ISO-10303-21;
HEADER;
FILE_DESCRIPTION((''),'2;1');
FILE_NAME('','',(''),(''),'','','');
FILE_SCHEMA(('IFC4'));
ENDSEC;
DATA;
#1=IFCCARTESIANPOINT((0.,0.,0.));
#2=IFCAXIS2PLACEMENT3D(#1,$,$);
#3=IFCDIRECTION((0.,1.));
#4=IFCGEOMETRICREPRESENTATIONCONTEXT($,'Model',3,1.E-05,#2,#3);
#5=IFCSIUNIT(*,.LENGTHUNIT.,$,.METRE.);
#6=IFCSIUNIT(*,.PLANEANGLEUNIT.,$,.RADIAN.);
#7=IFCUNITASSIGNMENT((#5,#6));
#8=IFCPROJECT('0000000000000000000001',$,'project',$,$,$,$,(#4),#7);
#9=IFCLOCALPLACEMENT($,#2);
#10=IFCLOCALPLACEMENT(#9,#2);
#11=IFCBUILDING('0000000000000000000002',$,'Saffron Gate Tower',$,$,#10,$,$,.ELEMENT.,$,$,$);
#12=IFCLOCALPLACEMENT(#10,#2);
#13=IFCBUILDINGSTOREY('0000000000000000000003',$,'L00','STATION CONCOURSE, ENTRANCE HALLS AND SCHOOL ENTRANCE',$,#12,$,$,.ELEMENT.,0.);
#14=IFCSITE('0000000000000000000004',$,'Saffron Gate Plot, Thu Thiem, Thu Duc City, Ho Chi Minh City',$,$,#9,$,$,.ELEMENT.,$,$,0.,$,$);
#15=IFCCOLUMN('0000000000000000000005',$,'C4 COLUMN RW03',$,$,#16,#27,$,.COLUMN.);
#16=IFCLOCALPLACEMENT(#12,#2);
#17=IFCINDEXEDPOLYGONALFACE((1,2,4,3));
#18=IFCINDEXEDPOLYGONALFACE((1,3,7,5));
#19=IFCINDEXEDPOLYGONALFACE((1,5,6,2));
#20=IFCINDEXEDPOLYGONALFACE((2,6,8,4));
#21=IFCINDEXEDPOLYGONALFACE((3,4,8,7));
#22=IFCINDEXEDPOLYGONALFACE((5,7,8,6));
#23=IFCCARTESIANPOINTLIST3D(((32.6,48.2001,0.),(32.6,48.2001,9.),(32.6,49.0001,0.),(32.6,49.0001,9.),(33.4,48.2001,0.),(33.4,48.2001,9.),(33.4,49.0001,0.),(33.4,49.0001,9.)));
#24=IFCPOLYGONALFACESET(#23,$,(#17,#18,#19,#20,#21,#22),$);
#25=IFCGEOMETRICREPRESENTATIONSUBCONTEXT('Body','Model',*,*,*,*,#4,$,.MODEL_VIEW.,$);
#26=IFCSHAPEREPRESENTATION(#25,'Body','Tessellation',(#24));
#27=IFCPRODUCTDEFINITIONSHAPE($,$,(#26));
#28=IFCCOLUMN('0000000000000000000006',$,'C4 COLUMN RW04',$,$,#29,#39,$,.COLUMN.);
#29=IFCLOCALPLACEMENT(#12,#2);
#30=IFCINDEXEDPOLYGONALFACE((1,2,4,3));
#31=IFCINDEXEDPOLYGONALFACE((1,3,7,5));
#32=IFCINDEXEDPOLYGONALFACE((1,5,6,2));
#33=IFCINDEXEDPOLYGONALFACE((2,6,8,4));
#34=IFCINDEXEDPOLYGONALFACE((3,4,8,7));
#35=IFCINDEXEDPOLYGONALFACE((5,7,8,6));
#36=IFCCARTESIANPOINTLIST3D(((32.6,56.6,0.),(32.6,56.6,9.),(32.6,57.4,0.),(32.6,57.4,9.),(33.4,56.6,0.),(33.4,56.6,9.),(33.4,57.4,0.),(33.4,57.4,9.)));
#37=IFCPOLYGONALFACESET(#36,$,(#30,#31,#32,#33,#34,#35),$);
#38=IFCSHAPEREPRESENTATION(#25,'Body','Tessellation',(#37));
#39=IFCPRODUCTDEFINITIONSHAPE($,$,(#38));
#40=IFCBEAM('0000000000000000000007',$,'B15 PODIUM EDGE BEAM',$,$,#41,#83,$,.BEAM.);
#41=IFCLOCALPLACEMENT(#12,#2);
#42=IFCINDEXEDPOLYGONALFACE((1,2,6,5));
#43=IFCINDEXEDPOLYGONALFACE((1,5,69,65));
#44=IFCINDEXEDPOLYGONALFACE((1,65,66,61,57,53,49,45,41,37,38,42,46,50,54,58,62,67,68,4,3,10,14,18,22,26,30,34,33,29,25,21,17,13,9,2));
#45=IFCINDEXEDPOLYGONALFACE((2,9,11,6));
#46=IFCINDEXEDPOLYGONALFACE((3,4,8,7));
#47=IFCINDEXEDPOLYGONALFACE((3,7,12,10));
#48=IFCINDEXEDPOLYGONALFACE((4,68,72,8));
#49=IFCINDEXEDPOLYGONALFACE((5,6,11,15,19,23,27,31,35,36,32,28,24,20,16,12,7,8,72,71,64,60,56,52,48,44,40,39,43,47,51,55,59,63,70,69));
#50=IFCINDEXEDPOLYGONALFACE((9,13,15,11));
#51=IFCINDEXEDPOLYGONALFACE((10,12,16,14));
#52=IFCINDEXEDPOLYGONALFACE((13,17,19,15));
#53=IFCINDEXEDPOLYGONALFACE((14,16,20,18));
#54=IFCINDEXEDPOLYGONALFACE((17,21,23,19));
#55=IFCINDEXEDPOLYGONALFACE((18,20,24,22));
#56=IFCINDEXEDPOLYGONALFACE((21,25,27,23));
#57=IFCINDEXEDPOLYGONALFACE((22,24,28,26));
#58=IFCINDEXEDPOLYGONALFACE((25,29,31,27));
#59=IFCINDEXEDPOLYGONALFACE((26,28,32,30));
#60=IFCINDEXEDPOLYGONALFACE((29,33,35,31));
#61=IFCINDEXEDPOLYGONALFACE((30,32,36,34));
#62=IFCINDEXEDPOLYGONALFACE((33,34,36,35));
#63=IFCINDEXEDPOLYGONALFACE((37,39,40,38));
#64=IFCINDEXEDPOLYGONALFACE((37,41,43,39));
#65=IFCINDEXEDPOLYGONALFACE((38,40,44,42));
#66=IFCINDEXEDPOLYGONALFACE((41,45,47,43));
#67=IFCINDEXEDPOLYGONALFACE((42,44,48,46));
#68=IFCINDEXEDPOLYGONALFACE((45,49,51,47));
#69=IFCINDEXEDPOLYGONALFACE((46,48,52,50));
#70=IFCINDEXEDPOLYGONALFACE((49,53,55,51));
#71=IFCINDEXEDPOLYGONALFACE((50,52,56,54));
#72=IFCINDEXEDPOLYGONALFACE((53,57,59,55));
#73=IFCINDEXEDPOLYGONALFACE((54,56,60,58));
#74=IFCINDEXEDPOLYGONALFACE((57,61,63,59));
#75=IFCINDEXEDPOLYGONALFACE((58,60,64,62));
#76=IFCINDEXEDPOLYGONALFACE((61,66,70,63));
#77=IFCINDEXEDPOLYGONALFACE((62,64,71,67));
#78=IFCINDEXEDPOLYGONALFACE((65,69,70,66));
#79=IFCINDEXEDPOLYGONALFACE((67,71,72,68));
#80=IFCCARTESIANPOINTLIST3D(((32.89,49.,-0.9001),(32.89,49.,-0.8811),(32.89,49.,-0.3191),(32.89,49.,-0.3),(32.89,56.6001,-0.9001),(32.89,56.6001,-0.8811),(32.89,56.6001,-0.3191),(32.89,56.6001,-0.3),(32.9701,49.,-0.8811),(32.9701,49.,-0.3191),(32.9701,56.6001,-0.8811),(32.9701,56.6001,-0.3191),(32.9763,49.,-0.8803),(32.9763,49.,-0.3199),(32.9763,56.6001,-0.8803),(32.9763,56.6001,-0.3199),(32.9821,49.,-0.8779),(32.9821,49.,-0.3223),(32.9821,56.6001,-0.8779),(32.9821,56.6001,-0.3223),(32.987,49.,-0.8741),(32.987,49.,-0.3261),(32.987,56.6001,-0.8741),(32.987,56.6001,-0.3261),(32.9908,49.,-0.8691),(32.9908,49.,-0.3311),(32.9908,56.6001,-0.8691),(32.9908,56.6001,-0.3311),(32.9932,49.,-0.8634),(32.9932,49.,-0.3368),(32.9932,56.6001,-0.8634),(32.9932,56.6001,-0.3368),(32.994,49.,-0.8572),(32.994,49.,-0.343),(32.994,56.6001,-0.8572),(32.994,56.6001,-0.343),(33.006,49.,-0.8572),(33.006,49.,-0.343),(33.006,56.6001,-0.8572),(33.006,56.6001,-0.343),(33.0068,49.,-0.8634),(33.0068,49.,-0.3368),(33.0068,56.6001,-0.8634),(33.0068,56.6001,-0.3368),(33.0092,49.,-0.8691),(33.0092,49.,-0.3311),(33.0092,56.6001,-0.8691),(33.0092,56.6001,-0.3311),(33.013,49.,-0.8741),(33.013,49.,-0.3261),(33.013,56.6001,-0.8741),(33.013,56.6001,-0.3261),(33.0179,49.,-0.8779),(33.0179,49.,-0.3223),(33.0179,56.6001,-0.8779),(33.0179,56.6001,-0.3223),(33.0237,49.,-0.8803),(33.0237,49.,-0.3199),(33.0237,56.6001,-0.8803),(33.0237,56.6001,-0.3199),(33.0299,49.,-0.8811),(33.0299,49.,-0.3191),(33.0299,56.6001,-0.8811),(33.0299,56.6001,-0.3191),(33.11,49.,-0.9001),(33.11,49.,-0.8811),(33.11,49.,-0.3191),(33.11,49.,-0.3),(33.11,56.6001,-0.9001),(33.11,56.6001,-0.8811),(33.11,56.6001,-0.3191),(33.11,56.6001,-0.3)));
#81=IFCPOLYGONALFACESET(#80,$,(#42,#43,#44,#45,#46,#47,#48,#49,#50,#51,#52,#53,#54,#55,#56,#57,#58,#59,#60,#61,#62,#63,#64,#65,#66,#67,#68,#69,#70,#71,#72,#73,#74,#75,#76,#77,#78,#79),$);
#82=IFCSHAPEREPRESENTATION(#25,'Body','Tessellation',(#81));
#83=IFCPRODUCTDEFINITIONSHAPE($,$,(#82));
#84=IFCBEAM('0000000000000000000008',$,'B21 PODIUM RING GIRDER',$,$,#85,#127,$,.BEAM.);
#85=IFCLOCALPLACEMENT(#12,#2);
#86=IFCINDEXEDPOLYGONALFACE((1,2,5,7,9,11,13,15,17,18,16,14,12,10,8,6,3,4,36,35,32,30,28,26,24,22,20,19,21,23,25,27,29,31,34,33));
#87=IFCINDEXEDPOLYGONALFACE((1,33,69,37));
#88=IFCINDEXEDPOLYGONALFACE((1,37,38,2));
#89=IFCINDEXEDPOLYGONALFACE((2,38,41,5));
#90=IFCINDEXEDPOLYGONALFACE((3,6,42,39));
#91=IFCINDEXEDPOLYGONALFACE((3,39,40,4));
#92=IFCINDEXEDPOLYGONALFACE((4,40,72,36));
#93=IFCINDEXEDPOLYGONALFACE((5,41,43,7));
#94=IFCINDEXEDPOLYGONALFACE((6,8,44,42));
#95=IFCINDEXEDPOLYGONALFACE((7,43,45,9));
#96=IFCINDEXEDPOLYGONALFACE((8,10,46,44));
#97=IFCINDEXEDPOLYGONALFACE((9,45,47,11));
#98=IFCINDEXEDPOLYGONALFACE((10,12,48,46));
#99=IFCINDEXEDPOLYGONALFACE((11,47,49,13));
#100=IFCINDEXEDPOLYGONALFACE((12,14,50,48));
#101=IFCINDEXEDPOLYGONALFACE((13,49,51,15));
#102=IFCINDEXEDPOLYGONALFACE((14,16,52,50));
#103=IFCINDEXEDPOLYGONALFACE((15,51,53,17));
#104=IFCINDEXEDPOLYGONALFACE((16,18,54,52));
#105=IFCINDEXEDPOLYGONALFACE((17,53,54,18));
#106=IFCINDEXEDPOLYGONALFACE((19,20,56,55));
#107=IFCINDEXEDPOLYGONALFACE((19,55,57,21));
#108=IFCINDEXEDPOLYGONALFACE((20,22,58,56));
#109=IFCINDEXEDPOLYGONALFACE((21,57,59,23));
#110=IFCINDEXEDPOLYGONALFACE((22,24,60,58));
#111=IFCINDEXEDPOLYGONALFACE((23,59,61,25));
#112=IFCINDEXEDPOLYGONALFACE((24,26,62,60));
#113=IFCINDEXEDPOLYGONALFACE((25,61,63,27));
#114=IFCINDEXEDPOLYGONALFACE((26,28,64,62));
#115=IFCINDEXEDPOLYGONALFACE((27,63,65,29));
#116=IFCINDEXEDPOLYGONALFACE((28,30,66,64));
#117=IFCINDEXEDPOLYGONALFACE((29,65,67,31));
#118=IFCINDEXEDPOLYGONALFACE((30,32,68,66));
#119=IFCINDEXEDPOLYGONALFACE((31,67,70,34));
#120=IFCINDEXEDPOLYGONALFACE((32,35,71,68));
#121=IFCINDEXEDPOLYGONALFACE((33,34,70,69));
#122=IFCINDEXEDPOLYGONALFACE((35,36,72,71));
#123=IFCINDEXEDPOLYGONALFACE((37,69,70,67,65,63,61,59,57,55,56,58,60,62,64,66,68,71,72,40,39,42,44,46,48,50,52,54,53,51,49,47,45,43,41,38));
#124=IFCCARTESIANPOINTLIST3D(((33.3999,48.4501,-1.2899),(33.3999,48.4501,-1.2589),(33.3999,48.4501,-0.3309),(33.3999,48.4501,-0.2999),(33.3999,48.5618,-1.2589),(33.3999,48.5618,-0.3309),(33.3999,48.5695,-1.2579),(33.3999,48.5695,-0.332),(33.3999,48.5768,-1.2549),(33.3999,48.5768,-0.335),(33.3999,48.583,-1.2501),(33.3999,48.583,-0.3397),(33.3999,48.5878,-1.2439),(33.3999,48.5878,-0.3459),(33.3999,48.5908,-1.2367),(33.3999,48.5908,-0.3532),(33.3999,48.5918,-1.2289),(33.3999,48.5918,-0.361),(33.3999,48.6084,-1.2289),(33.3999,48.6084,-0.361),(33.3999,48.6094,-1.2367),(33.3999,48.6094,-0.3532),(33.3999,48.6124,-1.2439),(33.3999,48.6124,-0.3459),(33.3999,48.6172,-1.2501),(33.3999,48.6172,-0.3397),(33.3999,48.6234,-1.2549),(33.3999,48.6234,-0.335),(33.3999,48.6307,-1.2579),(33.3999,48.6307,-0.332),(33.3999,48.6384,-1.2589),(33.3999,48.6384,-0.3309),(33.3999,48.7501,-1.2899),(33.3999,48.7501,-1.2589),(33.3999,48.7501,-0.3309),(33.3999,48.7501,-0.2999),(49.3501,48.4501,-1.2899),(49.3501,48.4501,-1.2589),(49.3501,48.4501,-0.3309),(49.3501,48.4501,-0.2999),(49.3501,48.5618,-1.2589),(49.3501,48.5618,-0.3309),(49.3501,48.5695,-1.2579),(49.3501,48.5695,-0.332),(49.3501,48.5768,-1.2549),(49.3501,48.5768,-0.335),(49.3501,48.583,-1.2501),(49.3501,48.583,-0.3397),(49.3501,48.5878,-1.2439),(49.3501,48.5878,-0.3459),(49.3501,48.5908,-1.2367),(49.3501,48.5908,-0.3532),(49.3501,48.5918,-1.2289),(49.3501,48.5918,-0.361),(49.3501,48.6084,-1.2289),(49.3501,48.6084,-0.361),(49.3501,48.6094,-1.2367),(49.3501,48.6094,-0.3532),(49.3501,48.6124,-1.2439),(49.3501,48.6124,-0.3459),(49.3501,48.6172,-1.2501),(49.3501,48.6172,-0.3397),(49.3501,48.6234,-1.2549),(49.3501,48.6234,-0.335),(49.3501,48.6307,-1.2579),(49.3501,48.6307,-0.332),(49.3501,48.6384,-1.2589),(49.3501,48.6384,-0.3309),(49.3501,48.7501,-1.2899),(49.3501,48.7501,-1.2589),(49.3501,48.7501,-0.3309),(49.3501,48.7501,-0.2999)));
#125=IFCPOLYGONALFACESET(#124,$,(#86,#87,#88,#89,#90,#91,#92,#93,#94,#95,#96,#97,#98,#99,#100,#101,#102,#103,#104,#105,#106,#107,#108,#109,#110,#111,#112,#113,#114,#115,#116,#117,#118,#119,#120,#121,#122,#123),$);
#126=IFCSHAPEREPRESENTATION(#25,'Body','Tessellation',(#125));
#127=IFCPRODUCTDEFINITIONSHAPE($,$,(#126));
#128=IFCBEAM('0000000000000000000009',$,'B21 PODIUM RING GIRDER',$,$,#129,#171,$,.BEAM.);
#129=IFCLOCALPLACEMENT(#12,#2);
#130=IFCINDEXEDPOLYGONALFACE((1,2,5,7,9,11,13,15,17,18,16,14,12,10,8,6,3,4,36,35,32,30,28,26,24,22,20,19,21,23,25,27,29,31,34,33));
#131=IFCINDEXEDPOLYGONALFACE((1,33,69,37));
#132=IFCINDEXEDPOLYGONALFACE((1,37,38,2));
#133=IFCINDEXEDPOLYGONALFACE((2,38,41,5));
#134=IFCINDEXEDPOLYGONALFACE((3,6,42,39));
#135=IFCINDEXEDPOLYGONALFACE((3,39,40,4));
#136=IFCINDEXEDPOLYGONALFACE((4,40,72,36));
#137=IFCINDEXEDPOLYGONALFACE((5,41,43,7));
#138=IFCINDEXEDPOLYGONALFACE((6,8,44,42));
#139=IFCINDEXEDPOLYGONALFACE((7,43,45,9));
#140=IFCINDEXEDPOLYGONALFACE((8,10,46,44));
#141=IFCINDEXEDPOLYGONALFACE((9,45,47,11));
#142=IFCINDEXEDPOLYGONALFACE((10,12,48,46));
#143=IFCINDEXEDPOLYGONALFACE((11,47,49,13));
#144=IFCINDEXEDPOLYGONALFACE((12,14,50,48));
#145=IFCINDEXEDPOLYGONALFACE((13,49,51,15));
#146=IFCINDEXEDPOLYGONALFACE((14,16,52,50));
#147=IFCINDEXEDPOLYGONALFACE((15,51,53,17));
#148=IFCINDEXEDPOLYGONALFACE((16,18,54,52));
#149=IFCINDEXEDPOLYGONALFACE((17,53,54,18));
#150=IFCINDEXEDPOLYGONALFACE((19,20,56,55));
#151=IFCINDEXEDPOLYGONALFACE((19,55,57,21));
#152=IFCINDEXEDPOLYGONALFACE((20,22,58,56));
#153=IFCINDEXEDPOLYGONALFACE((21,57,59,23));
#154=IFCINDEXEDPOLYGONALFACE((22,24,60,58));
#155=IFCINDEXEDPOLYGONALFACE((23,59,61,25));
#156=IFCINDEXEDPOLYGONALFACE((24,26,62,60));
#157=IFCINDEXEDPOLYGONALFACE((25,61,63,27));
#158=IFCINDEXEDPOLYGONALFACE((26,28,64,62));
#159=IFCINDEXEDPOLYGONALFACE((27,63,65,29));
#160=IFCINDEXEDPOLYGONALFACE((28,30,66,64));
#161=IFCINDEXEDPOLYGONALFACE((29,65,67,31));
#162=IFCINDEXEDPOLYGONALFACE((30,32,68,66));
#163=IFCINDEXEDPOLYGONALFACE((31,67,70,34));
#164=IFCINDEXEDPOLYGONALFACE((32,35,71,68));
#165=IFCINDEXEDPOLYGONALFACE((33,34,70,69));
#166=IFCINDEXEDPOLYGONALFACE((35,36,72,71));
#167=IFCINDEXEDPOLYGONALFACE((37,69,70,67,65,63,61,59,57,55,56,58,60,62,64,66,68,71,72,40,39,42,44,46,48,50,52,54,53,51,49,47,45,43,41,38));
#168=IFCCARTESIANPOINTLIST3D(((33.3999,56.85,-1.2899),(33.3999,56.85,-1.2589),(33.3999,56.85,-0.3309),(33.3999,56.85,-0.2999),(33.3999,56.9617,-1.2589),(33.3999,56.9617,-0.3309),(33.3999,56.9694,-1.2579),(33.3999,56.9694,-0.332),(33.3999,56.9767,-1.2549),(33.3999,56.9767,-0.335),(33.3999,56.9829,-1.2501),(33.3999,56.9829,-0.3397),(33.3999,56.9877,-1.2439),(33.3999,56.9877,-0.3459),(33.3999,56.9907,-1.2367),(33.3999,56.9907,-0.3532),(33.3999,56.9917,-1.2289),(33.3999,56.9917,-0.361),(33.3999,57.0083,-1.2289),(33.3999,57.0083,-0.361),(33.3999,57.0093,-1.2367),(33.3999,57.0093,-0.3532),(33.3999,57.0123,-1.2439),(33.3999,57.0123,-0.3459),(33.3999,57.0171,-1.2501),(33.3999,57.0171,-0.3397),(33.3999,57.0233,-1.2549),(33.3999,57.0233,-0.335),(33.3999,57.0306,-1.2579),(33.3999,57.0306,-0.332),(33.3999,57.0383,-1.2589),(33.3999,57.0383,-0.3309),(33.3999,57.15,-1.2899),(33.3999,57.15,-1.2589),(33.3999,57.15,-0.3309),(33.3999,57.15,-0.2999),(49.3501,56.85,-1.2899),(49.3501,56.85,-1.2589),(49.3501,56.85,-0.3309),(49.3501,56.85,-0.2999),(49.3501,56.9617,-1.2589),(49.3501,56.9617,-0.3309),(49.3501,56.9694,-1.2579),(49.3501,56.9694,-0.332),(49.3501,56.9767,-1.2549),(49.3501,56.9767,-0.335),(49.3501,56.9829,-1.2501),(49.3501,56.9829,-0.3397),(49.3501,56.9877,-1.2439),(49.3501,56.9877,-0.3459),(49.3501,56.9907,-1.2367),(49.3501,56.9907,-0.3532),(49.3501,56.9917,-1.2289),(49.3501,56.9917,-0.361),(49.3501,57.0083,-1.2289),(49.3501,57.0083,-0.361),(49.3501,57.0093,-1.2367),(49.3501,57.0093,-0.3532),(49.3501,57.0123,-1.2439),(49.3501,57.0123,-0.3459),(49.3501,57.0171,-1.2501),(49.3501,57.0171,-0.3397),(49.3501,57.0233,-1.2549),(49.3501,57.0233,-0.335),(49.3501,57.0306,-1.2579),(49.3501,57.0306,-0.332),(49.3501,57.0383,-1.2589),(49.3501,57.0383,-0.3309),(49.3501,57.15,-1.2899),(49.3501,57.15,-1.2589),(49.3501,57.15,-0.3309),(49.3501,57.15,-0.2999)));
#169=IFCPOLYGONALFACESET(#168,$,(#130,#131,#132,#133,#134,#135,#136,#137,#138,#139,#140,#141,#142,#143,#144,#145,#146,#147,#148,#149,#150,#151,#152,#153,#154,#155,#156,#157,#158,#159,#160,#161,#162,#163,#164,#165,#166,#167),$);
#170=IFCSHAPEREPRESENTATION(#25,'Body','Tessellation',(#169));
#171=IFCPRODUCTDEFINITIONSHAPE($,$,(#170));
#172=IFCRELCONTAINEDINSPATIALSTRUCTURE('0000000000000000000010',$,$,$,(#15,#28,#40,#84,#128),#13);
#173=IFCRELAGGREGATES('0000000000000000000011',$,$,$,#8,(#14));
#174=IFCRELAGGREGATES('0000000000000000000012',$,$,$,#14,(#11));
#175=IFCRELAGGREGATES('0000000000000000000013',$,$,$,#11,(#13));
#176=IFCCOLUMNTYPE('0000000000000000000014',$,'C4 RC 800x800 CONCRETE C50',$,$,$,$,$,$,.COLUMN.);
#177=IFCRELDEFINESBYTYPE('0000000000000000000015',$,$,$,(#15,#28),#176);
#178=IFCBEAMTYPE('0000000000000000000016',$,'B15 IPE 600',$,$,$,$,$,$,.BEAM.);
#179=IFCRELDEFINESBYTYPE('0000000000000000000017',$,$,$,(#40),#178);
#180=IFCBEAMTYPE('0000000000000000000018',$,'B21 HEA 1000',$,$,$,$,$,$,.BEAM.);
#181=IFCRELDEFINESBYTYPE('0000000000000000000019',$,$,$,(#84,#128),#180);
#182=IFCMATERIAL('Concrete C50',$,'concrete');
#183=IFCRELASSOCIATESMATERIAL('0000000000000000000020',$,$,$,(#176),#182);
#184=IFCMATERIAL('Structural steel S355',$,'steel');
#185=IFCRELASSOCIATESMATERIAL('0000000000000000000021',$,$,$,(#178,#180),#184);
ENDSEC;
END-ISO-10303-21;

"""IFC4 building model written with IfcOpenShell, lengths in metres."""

from ifc_helpers import new_model, si_unit, direction, frame, origin, origin_2d, place, context, subcontext, project, spatial, rectangle, i_section, extrude, material, material_profile, profile_set, type_object, element, save


model = new_model("IFC4")

# Units and contexts
model_context = context("Model", 3, precision=1e-05, world=origin(), true_north=direction((0.0, 1.0)))
body_context = subcontext(model_context, "Body", "Model", "MODEL_VIEW")
ifc_project = project(units=[si_unit("LENGTHUNIT", "METRE"), si_unit("PLANEANGLEUNIT", "RADIAN")], contexts=[model_context])

# Site, building, storey
site_placement = place(None, origin())
site = spatial("IfcSite", under=ifc_project, at=site_placement, Name="Saffron Gate Plot, Thu Thiem, Thu Duc City, Ho Chi Minh City", CompositionType="ELEMENT", RefElevation=0.0)
building_placement = place(site_placement, origin())
building = spatial("IfcBuilding", under=site, at=building_placement, Name="Saffron Gate Tower", CompositionType="ELEMENT")
storey_placement = place(building_placement, origin())
storey = spatial("IfcBuildingStorey", under=building, at=storey_placement, Name="L00", Description="STATION CONCOURSE, ENTRANCE HALLS AND SCHOOL ENTRANCE", CompositionType="ELEMENT", Elevation=0.0)

# Columns
ifc_material_1 = material(Name="Concrete C50", Category="concrete")
ifc_material_profile_1 = material_profile(ifc_material_1, rectangle(XDim=0.8, YDim=0.8, at=origin_2d()))
ifc_profile_set_1 = profile_set([ifc_material_profile_1], Name="Concrete C50")
column_type = type_object("IfcColumnType", Name="C4 RC 800x800 CONCRETE C50", PredefinedType="COLUMN", material=ifc_profile_set_1)
for number, where, z_axis, x_axis, name in (
    (1, (33.0, 48.6001, 0.0), (0.0, 0.0, 1.0), (1.0, 0.0, 0.0), "C4 COLUMN RW03"),
    (2, (33.0, 57.0, 0.0), (0.0, 0.0, 1.0), (1.0, 0.0, 0.0), "C4 COLUMN RW04"),
):
    element("IfcColumn", number, at=place(storey_placement, frame(where, z_axis=z_axis, x_axis=x_axis)), inside=storey, type_object=column_type, Name=name, PredefinedType="COLUMN", context=body_context, shape_type="SweptSolid", body=[
        extrude(rectangle(XDim=0.8, YDim=0.8, at=origin_2d()), origin(), (0.0, 0.0, 1.0), 9.0),
    ])

# Beams
ifc_material_2 = material(Name="Structural steel S355", Category="steel")
ifc_material_profile_2 = material_profile(ifc_material_2, i_section(OverallWidth=0.22, OverallDepth=0.6001, WebThickness=0.012, FlangeThickness=0.019, FilletRadius=0.0239, at=origin_2d()))
ifc_profile_set_2 = profile_set([ifc_material_profile_2], Name="Structural steel S355")
beam_type_1 = type_object("IfcBeamType", Name="B15 IPE 600", PredefinedType="BEAM", material=ifc_profile_set_2)
beam_1_placement = place(storey_placement, frame((33.0, 49.0, -0.6001), z_axis=(0.0, 1.0, 0.0), x_axis=(-1.0, 0.0, 0.0)))
element("IfcBeam", 3, at=beam_1_placement, inside=storey, type_object=beam_type_1, Name="B15 PODIUM EDGE BEAM", PredefinedType="BEAM", context=body_context, shape_type="SweptSolid", body=[
    extrude(i_section(OverallWidth=0.22, OverallDepth=0.6001, WebThickness=0.012, FlangeThickness=0.019, FilletRadius=0.0239, at=origin_2d()), origin(), (0.0, 0.0, 1.0), 7.6001),
])
ifc_material_profile_3 = material_profile(ifc_material_2, i_section(OverallWidth=0.3, OverallDepth=0.99, WebThickness=0.0166, FlangeThickness=0.031, FilletRadius=0.03, at=origin_2d()))
ifc_profile_set_3 = profile_set([ifc_material_profile_3], Name="Structural steel S355")
beam_type_2 = type_object("IfcBeamType", Name="B21 HEA 1000", PredefinedType="BEAM", material=ifc_profile_set_3)
for number, where, z_axis, x_axis, name in (
    (4, (33.3999, 48.6001, -0.7949), (1.0, 0.0, 0.0), (0.0, 1.0, 0.0), "B21 PODIUM RING GIRDER"),
    (5, (33.3999, 57.0, -0.7949), (1.0, 0.0, 0.0), (0.0, 1.0, 0.0), "B21 PODIUM RING GIRDER"),
):
    element("IfcBeam", number, at=place(storey_placement, frame(where, z_axis=z_axis, x_axis=x_axis)), inside=storey, type_object=beam_type_2, Name=name, PredefinedType="BEAM", context=body_context, shape_type="SweptSolid", body=[
        extrude(i_section(OverallWidth=0.3, OverallDepth=0.99, WebThickness=0.0166, FlangeThickness=0.031, FilletRadius=0.03, at=origin_2d()), origin(), (0.0, 0.0, 1.0), 15.9502),
    ])

save(model, "model.ifc")
